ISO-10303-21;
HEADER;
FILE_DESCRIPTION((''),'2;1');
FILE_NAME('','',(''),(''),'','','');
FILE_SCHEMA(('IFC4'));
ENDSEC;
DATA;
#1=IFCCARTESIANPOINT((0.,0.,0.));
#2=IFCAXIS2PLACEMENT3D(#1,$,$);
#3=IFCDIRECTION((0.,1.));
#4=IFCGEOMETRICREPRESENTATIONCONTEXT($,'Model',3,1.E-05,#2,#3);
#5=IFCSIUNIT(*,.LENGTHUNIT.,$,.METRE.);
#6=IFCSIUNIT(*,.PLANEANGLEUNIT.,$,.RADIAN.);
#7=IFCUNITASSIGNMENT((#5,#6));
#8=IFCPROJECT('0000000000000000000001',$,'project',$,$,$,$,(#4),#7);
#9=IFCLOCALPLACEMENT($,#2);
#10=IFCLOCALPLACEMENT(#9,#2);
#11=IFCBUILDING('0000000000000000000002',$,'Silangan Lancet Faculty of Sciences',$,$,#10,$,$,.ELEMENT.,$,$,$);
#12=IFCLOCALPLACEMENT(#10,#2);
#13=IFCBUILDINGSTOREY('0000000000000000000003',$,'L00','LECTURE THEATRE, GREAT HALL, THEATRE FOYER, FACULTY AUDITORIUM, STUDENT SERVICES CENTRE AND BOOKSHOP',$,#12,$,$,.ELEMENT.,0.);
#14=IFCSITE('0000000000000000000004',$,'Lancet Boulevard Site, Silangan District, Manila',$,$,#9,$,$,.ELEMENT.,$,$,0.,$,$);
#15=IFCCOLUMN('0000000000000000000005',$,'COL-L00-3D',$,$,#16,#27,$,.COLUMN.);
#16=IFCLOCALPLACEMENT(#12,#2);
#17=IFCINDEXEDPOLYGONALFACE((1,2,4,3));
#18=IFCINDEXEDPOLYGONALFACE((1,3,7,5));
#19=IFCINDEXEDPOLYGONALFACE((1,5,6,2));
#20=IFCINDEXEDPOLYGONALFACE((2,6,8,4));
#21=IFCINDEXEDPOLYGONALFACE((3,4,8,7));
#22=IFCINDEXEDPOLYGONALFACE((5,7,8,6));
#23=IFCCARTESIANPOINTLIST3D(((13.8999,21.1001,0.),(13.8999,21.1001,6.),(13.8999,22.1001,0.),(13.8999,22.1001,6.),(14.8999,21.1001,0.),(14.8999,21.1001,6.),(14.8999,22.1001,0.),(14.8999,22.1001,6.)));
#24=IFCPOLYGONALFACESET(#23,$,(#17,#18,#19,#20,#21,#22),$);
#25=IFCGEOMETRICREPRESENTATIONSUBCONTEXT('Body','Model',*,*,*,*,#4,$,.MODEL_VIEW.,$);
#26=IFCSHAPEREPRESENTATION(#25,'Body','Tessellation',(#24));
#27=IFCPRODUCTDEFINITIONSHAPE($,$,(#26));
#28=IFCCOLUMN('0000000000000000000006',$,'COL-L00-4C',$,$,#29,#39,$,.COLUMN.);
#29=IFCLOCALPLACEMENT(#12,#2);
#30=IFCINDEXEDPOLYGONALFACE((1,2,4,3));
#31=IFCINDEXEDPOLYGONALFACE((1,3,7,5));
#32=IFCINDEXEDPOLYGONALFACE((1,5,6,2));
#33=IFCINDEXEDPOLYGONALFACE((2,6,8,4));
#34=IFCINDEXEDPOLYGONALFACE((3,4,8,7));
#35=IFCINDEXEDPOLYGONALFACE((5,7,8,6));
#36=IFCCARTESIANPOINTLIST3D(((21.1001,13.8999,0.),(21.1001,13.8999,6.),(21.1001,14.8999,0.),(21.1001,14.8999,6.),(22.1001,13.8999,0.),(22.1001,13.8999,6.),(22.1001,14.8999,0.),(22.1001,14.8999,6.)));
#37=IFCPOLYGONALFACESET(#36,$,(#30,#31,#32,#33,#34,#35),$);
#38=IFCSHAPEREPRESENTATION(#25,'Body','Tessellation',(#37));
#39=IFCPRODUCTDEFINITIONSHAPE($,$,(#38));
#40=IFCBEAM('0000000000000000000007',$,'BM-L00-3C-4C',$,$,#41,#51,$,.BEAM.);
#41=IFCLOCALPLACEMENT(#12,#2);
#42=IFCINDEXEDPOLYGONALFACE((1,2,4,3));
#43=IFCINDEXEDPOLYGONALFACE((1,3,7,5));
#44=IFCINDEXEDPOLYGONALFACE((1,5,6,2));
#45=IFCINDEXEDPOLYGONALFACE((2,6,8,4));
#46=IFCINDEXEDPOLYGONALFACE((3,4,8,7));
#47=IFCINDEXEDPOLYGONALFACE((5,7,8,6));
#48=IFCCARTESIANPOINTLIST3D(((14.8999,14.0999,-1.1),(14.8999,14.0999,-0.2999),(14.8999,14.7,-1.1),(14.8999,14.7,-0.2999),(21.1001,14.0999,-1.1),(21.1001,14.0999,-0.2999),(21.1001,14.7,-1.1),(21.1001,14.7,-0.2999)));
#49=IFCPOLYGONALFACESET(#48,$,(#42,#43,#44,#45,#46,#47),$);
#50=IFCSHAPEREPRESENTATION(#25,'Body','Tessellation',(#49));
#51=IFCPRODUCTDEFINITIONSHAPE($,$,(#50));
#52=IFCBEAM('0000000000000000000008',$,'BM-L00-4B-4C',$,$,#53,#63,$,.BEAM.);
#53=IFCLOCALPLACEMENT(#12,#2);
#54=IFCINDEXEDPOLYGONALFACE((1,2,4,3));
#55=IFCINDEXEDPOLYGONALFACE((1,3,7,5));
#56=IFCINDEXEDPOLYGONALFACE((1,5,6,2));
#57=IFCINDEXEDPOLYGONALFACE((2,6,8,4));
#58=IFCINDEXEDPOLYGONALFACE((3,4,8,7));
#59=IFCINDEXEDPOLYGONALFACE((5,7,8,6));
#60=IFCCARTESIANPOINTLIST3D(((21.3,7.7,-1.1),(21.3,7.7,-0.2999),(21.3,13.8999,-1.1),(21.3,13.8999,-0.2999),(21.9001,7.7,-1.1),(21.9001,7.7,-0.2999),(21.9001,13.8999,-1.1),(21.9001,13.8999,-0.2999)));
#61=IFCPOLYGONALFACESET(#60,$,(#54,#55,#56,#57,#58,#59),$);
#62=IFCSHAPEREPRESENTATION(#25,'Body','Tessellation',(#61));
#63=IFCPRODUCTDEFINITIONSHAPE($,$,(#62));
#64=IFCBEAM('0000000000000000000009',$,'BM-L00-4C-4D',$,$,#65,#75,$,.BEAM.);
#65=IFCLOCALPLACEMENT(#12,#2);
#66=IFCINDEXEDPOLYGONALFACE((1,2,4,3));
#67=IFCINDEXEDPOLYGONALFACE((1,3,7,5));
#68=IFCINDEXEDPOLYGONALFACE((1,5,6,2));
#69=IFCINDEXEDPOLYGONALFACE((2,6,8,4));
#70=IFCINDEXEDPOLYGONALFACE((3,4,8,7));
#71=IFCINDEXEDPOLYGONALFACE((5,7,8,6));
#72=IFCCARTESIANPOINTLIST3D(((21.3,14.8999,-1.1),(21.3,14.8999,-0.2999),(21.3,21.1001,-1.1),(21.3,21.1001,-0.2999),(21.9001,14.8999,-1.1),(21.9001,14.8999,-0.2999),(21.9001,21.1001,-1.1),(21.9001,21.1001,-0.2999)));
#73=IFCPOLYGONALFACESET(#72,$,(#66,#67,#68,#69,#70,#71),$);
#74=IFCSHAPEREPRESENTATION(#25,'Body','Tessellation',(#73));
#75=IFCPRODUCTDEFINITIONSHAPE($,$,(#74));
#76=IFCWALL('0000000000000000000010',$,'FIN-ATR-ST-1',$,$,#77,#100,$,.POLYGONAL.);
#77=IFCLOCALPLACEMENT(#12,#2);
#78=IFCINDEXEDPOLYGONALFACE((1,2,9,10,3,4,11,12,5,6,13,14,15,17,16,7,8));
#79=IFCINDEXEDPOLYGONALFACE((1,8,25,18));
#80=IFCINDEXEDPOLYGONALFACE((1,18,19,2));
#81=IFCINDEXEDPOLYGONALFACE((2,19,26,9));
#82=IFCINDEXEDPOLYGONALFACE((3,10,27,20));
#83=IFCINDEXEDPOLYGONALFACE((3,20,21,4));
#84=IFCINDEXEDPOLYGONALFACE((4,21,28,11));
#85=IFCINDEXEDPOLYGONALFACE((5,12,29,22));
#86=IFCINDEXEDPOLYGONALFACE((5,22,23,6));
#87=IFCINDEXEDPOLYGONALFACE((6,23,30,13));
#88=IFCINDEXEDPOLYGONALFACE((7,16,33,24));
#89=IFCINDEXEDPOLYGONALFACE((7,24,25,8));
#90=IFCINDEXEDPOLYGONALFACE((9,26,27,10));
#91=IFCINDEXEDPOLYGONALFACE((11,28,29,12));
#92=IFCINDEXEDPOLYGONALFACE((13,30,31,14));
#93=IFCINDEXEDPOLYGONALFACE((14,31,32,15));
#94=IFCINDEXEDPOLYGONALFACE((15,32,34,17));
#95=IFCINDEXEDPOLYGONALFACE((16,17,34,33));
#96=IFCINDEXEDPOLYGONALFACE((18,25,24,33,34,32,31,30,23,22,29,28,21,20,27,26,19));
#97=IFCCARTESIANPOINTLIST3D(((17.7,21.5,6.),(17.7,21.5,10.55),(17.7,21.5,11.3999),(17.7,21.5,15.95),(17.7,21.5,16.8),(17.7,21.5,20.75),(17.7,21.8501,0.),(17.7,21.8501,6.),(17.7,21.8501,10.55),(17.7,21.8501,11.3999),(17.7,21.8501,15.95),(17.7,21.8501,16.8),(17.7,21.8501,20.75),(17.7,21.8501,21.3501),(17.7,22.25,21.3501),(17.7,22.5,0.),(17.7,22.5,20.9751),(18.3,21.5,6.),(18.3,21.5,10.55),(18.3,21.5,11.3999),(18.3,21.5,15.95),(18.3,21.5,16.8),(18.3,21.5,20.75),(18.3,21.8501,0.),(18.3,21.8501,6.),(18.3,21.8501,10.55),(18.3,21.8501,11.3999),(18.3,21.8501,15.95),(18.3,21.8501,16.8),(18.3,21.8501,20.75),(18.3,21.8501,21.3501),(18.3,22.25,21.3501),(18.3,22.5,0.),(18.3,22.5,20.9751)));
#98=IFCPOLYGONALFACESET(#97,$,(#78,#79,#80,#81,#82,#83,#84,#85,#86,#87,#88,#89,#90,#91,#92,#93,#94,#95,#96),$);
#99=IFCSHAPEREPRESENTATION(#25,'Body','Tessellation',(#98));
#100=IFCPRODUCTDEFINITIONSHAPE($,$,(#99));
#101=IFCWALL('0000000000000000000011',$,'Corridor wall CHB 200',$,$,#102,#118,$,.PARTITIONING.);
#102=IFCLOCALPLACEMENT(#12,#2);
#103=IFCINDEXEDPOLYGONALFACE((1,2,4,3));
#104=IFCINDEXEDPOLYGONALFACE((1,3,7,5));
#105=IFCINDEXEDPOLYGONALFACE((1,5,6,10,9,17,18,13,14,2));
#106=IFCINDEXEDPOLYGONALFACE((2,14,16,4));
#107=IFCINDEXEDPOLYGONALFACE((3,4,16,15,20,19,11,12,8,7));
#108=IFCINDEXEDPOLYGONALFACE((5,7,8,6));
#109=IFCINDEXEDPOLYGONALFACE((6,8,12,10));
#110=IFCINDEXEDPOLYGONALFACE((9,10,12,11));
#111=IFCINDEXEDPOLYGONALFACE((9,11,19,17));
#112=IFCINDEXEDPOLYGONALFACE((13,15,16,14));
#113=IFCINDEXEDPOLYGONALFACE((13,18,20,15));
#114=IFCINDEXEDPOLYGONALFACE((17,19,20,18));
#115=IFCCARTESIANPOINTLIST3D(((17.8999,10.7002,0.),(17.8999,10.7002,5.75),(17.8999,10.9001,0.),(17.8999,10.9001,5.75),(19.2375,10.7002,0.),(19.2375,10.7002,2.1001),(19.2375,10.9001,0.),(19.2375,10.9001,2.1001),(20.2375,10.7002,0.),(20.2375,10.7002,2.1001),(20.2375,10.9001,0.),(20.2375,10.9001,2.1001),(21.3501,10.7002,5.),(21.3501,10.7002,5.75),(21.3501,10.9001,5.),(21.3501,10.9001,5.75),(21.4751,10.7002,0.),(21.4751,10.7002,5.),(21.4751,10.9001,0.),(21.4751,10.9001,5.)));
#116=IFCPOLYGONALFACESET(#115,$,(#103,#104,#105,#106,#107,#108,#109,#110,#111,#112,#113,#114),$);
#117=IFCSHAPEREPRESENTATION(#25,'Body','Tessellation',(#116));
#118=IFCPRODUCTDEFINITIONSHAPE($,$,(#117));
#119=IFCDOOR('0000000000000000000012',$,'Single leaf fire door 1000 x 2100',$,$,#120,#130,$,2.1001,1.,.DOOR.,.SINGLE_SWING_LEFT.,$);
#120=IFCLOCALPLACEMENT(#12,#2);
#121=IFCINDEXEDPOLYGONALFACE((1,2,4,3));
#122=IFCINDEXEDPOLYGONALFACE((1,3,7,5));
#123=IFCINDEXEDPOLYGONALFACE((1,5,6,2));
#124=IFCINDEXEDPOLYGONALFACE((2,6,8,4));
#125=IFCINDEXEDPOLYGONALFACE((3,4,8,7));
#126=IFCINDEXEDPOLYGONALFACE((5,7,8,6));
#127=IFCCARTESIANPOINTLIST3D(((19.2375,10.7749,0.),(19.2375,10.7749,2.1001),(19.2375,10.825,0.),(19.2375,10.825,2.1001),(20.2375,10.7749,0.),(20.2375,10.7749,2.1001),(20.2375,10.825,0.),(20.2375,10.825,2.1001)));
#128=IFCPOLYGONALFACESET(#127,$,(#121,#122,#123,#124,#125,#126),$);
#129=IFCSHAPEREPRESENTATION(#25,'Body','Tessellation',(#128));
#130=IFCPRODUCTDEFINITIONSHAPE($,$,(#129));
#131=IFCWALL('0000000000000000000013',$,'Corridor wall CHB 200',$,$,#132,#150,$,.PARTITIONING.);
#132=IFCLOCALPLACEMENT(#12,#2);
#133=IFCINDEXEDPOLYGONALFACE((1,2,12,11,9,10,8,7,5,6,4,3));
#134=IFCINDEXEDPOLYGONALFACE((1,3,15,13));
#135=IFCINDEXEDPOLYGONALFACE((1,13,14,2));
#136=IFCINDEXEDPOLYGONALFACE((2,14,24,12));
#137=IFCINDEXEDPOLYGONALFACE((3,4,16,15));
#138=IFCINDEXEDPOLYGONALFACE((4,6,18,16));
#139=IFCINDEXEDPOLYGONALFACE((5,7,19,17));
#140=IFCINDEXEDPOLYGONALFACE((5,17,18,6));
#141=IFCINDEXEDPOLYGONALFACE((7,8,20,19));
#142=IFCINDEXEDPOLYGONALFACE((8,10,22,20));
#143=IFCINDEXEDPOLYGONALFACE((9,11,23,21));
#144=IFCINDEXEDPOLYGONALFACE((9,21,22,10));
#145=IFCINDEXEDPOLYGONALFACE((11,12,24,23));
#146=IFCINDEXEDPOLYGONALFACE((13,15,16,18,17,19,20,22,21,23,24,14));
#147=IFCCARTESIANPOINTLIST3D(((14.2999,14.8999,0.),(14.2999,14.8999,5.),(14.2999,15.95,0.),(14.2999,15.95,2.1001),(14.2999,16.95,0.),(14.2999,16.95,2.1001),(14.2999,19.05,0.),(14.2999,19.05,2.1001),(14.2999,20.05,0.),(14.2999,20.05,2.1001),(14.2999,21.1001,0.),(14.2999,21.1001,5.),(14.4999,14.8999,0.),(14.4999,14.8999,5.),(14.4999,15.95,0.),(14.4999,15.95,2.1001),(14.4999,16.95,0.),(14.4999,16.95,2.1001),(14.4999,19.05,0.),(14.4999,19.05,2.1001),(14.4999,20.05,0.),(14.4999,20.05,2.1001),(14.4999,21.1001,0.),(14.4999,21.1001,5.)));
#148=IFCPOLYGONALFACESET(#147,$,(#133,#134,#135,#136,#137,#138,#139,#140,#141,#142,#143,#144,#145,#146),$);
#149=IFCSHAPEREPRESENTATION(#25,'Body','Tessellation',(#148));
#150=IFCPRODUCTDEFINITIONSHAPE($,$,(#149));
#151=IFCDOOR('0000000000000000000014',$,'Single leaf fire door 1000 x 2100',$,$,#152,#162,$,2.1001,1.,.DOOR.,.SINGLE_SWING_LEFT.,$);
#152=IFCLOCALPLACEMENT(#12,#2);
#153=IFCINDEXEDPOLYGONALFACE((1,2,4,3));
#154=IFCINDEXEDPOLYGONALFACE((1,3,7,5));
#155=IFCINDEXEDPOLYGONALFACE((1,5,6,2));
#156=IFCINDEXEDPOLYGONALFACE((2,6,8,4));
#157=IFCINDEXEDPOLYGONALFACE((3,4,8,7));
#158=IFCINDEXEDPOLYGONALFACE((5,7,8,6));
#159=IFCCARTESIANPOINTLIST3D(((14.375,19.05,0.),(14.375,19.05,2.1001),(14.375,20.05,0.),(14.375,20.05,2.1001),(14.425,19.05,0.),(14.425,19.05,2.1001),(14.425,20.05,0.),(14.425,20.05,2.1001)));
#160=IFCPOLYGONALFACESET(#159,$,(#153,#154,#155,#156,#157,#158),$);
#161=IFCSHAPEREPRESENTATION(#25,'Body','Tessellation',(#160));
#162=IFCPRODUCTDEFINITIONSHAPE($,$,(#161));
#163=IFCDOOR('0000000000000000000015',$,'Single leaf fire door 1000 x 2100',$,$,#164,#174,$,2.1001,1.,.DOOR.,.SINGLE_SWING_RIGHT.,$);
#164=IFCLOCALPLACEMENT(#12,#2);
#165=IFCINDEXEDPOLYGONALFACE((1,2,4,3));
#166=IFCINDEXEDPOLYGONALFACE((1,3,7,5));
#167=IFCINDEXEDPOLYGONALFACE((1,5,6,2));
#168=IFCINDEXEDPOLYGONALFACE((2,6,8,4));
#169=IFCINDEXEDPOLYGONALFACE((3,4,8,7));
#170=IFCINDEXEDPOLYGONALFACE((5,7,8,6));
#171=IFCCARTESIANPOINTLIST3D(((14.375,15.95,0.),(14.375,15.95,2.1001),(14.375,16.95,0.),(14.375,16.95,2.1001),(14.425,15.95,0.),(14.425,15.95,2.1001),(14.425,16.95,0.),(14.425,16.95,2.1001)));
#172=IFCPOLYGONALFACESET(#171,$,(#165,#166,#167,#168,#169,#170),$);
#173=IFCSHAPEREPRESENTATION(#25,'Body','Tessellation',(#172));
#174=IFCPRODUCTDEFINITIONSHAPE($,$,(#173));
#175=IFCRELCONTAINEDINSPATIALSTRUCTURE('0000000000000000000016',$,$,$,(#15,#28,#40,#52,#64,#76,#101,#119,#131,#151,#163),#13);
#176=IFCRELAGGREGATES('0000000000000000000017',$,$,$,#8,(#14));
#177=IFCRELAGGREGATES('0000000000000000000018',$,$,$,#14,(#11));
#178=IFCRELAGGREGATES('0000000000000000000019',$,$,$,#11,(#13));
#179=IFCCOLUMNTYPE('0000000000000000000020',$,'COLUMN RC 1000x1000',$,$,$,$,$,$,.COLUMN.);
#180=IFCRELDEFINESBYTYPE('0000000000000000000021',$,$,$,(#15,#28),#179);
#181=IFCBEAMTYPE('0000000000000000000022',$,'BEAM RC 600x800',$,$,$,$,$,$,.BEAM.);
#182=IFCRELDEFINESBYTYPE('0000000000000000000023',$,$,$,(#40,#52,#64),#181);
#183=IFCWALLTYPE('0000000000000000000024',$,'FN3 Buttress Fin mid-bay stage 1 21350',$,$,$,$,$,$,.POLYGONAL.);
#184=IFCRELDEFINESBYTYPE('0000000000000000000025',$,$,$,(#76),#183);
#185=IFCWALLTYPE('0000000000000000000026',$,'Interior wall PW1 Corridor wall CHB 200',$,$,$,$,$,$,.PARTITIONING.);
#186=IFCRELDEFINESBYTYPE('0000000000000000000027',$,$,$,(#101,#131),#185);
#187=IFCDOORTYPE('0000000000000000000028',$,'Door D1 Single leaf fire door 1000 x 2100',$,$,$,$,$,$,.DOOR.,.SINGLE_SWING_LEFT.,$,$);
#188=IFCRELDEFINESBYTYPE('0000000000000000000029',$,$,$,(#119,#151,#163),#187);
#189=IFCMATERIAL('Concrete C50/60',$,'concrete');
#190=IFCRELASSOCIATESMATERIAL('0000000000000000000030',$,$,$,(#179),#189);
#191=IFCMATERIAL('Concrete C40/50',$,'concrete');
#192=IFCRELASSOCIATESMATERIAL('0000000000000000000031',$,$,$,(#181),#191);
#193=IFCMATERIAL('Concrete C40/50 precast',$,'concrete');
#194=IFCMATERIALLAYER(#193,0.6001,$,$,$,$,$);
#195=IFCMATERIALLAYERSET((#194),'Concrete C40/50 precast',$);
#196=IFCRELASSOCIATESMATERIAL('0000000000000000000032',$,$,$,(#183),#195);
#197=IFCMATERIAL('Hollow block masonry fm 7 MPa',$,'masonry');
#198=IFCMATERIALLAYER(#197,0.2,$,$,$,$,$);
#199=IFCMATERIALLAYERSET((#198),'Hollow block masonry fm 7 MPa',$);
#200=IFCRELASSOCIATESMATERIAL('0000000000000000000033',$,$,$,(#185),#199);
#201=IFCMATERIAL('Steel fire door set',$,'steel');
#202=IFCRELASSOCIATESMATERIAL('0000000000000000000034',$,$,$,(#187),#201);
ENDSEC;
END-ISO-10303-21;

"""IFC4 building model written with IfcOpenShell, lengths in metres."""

from ifc_helpers import new_model, si_unit, direction, frame, frame_2d, origin, origin_2d, place, context, subcontext, project, spatial, polyline, rectangle, outline, extrude, material, layer, layer_set, material_profile, profile_set, type_object, element, fill, save


model = new_model("IFC4")

# Units and contexts
model_context = context("Model", 3, precision=1e-05, world=origin(), true_north=direction((0.0, 1.0)))
body_context = subcontext(model_context, "Body", "Model", "MODEL_VIEW")
ifc_project = project(units=[si_unit("LENGTHUNIT", "METRE"), si_unit("PLANEANGLEUNIT", "RADIAN")], contexts=[model_context])

# Site, building, storey
site_placement = place(None, origin())
site = spatial("IfcSite", under=ifc_project, at=site_placement, Name="Lancet Boulevard Site, Silangan District, Manila", CompositionType="ELEMENT", RefElevation=0.0)
building_placement = place(site_placement, origin())
building = spatial("IfcBuilding", under=site, at=building_placement, Name="Silangan Lancet Faculty of Sciences", CompositionType="ELEMENT")
storey_placement = place(building_placement, origin())
storey = spatial("IfcBuildingStorey", under=building, at=storey_placement, Name="L00", Description="LECTURE THEATRE, GREAT HALL, THEATRE FOYER, FACULTY AUDITORIUM, STUDENT SERVICES CENTRE AND BOOKSHOP", CompositionType="ELEMENT", Elevation=0.0)

# Columns
ifc_material_1 = material(Name="Concrete C50/60", Category="concrete")
ifc_material_profile_1 = material_profile(ifc_material_1, rectangle(XDim=1.0, YDim=1.0, at=origin_2d()), Name="RC 1000x1000")
ifc_profile_set_1 = profile_set([ifc_material_profile_1], Name="Concrete C50/60")
column_type = type_object("IfcColumnType", Name="COLUMN RC 1000x1000", PredefinedType="COLUMN", material=ifc_profile_set_1)
for number, where, z_axis, x_axis, name in (
    (1, (14.3999, 21.6001, 0.0), (0.0, 0.0, 1.0), (1.0, 0.0, 0.0), "COL-L00-3D"),
    (2, (21.6001, 14.3999, 0.0), (0.0, 0.0, 1.0), (1.0, 0.0, 0.0), "COL-L00-4C"),
):
    element("IfcColumn", number, at=place(storey_placement, frame(where, z_axis=z_axis, x_axis=x_axis)), inside=storey, type_object=column_type, Name=name, PredefinedType="COLUMN", context=body_context, shape_type="SweptSolid", body=[
        extrude(rectangle(XDim=1.0, YDim=1.0, at=origin_2d()), origin(), (0.0, 0.0, 1.0), 6.0),
    ])

# Beams
ifc_material_2 = material(Name="Concrete C40/50", Category="concrete")
ifc_material_profile_2 = material_profile(ifc_material_2, rectangle(XDim=0.6001, YDim=0.8, at=origin_2d()), Name="RC 600x800")
ifc_profile_set_2 = profile_set([ifc_material_profile_2], Name="Concrete C40/50")
beam_type = type_object("IfcBeamType", Name="BEAM RC 600x800", PredefinedType="BEAM", material=ifc_profile_set_2)
beam_1_placement = place(storey_placement, frame((14.8999, 14.3999, -0.7), z_axis=(1.0, 0.0, 0.0), x_axis=(0.0, 1.0, 0.0)))
element("IfcBeam", 3, at=beam_1_placement, inside=storey, type_object=beam_type, Name="BM-L00-3C-4C", PredefinedType="BEAM", context=body_context, shape_type="SweptSolid", body=[
    extrude(rectangle(XDim=0.6001, YDim=0.8, at=origin_2d()), origin(), (0.0, 0.0, 1.0), 6.2002),
])
beam_2_placement = place(storey_placement, frame((21.6001, 7.7, -0.7), z_axis=(0.0, 1.0, 0.0), x_axis=(-1.0, 0.0, 0.0)))
element("IfcBeam", 4, at=beam_2_placement, inside=storey, type_object=beam_type, Name="BM-L00-4B-4C", PredefinedType="BEAM", context=body_context, shape_type="SweptSolid", body=[
    extrude(rectangle(XDim=0.6001, YDim=0.8, at=origin_2d()), origin(), (0.0, 0.0, 1.0), 6.2),
])
beam_3_placement = place(storey_placement, frame((21.6001, 14.8999, -0.7), z_axis=(0.0, 1.0, 0.0), x_axis=(-1.0, 0.0, 0.0)))
element("IfcBeam", 5, at=beam_3_placement, inside=storey, type_object=beam_type, Name="BM-L00-4C-4D", PredefinedType="BEAM", context=body_context, shape_type="SweptSolid", body=[
    extrude(rectangle(XDim=0.6001, YDim=0.8, at=origin_2d()), origin(), (0.0, 0.0, 1.0), 6.2002),
])

# Wall
ifc_material_3 = material(Name="Concrete C40/50 precast", Category="concrete")
ifc_layer_1 = layer(ifc_material_3, 0.6001)
ifc_layer_set_1 = layer_set([ifc_layer_1], Name="Concrete C40/50 precast")
wall_type_1 = type_object("IfcWallType", Name="FN3 Buttress Fin mid-bay stage 1 21350", PredefinedType="POLYGONAL", material=ifc_layer_set_1)
wall_1_placement = place(storey_placement, frame((18.0, 21.5, 0.0), z_axis=(0.0, 0.0, 1.0), x_axis=(0.0, 1.0, 0.0)))
element("IfcWall", 6, at=wall_1_placement, inside=storey, type_object=wall_type_1, Name="FIN-ATR-ST-1", PredefinedType="POLYGONAL", context=body_context, shape_type="SweptSolid", body=[
    extrude(outline(polyline([(1.0, 0.0), (1.0, 20.9751), (0.75, 21.3501), (0.3501, 21.3501), (0.3501, 20.75), (0.0, 20.75), (0.0, 16.8), (0.3501, 16.8), (0.3501, 15.95), (0.0, 15.95), (0.0, 11.3999), (0.3501, 11.3999), (0.3501, 10.55), (0.0, 10.55), (0.0, 6.0), (0.3501, 6.0), (0.3501, 0.0), (1.0, 0.0)])), frame((0.0, 0.3, 0.0), z_axis=(0.0, -1.0, 0.0), x_axis=(1.0, 0.0, 0.0)), (0.0, 0.0, 1.0), 0.6001),
])

# Wall, opening, door
ifc_material_4 = material(Name="Hollow block masonry fm 7 MPa", Category="masonry")
ifc_layer_2 = layer(ifc_material_4, 0.2)
ifc_layer_set_2 = layer_set([ifc_layer_2], Name="Hollow block masonry fm 7 MPa")
wall_type_2 = type_object("IfcWallType", Name="Interior wall PW1 Corridor wall CHB 200", PredefinedType="PARTITIONING", material=ifc_layer_set_2)
wall_2_placement = place(storey_placement, frame((17.8999, 10.8, 0.0), z_axis=(0.0, 0.0, 1.0), x_axis=(1.0, 0.0, 0.0)))
wall_2 = element("IfcWall", 7, at=wall_2_placement, inside=storey, type_object=wall_type_2, Name="Corridor wall CHB 200", PredefinedType="PARTITIONING", context=body_context, shape_type="SweptSolid", body=[
    extrude(outline(polyline([(0.0, 0.0), (3.5752, 0.0), (3.5752, 5.0), (3.4502, 5.0), (3.4502, 5.75), (0.0, 5.75), (0.0, 0.0)])), frame((0.0, 0.1001, 0.0), z_axis=(0.0, -1.0, 0.0), x_axis=(1.0, 0.0, 0.0)), (0.0, 0.0, 1.0), 0.2),
])
opening_1_placement = place(wall_2_placement, frame((1.3376, 0.0, 0.0)))
opening_1 = element("IfcOpeningElement", 8, at=opening_1_placement, cuts=wall_2, PredefinedType="OPENING", context=body_context, shape_type="SweptSolid", body=[
    extrude(rectangle(XDim=1.0, YDim=2.1001, at=frame_2d((0.5, 1.05))), frame((0.0, 0.1099, 0.0), z_axis=(0.0, -1.0, 0.0), x_axis=(1.0, 0.0, 0.0)), (0.0, 0.0, 1.0), 0.22),
])
ifc_material_5 = material(Name="Steel fire door set", Category="steel")
door_type_1 = type_object("IfcDoorType", Name="Door D1 Single leaf fire door 1000 x 2100", OperationType="SINGLE_SWING_LEFT", PredefinedType="DOOR", material=ifc_material_5)
door_1_placement = place(opening_1_placement, origin())
door_1 = element("IfcDoor", 9, at=door_1_placement, inside=storey, type_object=door_type_1, Name="Single leaf fire door 1000 x 2100", OperationType="SINGLE_SWING_LEFT", OverallHeight=2.1001, OverallWidth=1.0, PredefinedType="DOOR", context=body_context, shape_type="SweptSolid", body=[
    extrude(rectangle(XDim=1.0, YDim=2.1001, at=frame_2d((0.5, 1.05))), frame((0.0, 0.0249, 0.0), z_axis=(0.0, -1.0, 0.0), x_axis=(1.0, 0.0, 0.0)), (0.0, 0.0, 1.0), 0.05),
])
fill(opening_1, door_1)

# Wall, openings, doors
wall_3_placement = place(storey_placement, frame((14.3999, 14.8999, 0.0), z_axis=(0.0, 0.0, 1.0), x_axis=(0.0, 1.0, 0.0)))
wall_3 = element("IfcWall", 10, at=wall_3_placement, inside=storey, type_object=wall_type_2, Name="Corridor wall CHB 200", PredefinedType="PARTITIONING", context=body_context, shape_type="SweptSolid", body=[
    extrude(rectangle(XDim=6.2002, YDim=0.2, at=frame_2d((3.1001, 0.0))), origin(), (0.0, 0.0, 1.0), 5.0),
])
opening_2_placement = place(wall_3_placement, frame((4.1501, 0.0, 0.0)))
opening_2 = element("IfcOpeningElement", 11, at=opening_2_placement, cuts=wall_3, PredefinedType="OPENING", context=body_context, shape_type="SweptSolid", body=[
    extrude(rectangle(XDim=1.0, YDim=2.1001, at=frame_2d((0.5, 1.05))), frame((0.0, 0.1099, 0.0), z_axis=(0.0, -1.0, 0.0), x_axis=(1.0, 0.0, 0.0)), (0.0, 0.0, 1.0), 0.22),
])
opening_3_placement = place(wall_3_placement, frame((1.05, 0.0, 0.0)))
opening_3 = element("IfcOpeningElement", 12, at=opening_3_placement, cuts=wall_3, PredefinedType="OPENING", context=body_context, shape_type="SweptSolid", body=[
    extrude(rectangle(XDim=1.0, YDim=2.1001, at=frame_2d((0.5, 1.05))), frame((0.0, 0.1099, 0.0), z_axis=(0.0, -1.0, 0.0), x_axis=(1.0, 0.0, 0.0)), (0.0, 0.0, 1.0), 0.22),
])
door_2_placement = place(opening_2_placement, origin())
door_2 = element("IfcDoor", 13, at=door_2_placement, inside=storey, type_object=door_type_1, Name="Single leaf fire door 1000 x 2100", OperationType="SINGLE_SWING_LEFT", OverallHeight=2.1001, OverallWidth=1.0, PredefinedType="DOOR", context=body_context, shape_type="SweptSolid", body=[
    extrude(rectangle(XDim=1.0, YDim=2.1001, at=frame_2d((0.5, 1.05))), frame((0.0, 0.0249, 0.0), z_axis=(0.0, -1.0, 0.0), x_axis=(1.0, 0.0, 0.0)), (0.0, 0.0, 1.0), 0.05),
])
fill(opening_2, door_2)
door_3_placement = place(opening_3_placement, origin())
door_3 = element("IfcDoor", 14, at=door_3_placement, inside=storey, type_object=door_type_1, Name="Single leaf fire door 1000 x 2100", OperationType="SINGLE_SWING_RIGHT", OverallHeight=2.1001, OverallWidth=1.0, PredefinedType="DOOR", context=body_context, shape_type="SweptSolid", body=[
    extrude(rectangle(XDim=1.0, YDim=2.1001, at=frame_2d((0.5, 1.05))), frame((0.0, 0.0249, 0.0), z_axis=(0.0, -1.0, 0.0), x_axis=(1.0, 0.0, 0.0)), (0.0, 0.0, 1.0), 0.05),
])
fill(opening_3, door_3)

save(model, "model.ifc")
